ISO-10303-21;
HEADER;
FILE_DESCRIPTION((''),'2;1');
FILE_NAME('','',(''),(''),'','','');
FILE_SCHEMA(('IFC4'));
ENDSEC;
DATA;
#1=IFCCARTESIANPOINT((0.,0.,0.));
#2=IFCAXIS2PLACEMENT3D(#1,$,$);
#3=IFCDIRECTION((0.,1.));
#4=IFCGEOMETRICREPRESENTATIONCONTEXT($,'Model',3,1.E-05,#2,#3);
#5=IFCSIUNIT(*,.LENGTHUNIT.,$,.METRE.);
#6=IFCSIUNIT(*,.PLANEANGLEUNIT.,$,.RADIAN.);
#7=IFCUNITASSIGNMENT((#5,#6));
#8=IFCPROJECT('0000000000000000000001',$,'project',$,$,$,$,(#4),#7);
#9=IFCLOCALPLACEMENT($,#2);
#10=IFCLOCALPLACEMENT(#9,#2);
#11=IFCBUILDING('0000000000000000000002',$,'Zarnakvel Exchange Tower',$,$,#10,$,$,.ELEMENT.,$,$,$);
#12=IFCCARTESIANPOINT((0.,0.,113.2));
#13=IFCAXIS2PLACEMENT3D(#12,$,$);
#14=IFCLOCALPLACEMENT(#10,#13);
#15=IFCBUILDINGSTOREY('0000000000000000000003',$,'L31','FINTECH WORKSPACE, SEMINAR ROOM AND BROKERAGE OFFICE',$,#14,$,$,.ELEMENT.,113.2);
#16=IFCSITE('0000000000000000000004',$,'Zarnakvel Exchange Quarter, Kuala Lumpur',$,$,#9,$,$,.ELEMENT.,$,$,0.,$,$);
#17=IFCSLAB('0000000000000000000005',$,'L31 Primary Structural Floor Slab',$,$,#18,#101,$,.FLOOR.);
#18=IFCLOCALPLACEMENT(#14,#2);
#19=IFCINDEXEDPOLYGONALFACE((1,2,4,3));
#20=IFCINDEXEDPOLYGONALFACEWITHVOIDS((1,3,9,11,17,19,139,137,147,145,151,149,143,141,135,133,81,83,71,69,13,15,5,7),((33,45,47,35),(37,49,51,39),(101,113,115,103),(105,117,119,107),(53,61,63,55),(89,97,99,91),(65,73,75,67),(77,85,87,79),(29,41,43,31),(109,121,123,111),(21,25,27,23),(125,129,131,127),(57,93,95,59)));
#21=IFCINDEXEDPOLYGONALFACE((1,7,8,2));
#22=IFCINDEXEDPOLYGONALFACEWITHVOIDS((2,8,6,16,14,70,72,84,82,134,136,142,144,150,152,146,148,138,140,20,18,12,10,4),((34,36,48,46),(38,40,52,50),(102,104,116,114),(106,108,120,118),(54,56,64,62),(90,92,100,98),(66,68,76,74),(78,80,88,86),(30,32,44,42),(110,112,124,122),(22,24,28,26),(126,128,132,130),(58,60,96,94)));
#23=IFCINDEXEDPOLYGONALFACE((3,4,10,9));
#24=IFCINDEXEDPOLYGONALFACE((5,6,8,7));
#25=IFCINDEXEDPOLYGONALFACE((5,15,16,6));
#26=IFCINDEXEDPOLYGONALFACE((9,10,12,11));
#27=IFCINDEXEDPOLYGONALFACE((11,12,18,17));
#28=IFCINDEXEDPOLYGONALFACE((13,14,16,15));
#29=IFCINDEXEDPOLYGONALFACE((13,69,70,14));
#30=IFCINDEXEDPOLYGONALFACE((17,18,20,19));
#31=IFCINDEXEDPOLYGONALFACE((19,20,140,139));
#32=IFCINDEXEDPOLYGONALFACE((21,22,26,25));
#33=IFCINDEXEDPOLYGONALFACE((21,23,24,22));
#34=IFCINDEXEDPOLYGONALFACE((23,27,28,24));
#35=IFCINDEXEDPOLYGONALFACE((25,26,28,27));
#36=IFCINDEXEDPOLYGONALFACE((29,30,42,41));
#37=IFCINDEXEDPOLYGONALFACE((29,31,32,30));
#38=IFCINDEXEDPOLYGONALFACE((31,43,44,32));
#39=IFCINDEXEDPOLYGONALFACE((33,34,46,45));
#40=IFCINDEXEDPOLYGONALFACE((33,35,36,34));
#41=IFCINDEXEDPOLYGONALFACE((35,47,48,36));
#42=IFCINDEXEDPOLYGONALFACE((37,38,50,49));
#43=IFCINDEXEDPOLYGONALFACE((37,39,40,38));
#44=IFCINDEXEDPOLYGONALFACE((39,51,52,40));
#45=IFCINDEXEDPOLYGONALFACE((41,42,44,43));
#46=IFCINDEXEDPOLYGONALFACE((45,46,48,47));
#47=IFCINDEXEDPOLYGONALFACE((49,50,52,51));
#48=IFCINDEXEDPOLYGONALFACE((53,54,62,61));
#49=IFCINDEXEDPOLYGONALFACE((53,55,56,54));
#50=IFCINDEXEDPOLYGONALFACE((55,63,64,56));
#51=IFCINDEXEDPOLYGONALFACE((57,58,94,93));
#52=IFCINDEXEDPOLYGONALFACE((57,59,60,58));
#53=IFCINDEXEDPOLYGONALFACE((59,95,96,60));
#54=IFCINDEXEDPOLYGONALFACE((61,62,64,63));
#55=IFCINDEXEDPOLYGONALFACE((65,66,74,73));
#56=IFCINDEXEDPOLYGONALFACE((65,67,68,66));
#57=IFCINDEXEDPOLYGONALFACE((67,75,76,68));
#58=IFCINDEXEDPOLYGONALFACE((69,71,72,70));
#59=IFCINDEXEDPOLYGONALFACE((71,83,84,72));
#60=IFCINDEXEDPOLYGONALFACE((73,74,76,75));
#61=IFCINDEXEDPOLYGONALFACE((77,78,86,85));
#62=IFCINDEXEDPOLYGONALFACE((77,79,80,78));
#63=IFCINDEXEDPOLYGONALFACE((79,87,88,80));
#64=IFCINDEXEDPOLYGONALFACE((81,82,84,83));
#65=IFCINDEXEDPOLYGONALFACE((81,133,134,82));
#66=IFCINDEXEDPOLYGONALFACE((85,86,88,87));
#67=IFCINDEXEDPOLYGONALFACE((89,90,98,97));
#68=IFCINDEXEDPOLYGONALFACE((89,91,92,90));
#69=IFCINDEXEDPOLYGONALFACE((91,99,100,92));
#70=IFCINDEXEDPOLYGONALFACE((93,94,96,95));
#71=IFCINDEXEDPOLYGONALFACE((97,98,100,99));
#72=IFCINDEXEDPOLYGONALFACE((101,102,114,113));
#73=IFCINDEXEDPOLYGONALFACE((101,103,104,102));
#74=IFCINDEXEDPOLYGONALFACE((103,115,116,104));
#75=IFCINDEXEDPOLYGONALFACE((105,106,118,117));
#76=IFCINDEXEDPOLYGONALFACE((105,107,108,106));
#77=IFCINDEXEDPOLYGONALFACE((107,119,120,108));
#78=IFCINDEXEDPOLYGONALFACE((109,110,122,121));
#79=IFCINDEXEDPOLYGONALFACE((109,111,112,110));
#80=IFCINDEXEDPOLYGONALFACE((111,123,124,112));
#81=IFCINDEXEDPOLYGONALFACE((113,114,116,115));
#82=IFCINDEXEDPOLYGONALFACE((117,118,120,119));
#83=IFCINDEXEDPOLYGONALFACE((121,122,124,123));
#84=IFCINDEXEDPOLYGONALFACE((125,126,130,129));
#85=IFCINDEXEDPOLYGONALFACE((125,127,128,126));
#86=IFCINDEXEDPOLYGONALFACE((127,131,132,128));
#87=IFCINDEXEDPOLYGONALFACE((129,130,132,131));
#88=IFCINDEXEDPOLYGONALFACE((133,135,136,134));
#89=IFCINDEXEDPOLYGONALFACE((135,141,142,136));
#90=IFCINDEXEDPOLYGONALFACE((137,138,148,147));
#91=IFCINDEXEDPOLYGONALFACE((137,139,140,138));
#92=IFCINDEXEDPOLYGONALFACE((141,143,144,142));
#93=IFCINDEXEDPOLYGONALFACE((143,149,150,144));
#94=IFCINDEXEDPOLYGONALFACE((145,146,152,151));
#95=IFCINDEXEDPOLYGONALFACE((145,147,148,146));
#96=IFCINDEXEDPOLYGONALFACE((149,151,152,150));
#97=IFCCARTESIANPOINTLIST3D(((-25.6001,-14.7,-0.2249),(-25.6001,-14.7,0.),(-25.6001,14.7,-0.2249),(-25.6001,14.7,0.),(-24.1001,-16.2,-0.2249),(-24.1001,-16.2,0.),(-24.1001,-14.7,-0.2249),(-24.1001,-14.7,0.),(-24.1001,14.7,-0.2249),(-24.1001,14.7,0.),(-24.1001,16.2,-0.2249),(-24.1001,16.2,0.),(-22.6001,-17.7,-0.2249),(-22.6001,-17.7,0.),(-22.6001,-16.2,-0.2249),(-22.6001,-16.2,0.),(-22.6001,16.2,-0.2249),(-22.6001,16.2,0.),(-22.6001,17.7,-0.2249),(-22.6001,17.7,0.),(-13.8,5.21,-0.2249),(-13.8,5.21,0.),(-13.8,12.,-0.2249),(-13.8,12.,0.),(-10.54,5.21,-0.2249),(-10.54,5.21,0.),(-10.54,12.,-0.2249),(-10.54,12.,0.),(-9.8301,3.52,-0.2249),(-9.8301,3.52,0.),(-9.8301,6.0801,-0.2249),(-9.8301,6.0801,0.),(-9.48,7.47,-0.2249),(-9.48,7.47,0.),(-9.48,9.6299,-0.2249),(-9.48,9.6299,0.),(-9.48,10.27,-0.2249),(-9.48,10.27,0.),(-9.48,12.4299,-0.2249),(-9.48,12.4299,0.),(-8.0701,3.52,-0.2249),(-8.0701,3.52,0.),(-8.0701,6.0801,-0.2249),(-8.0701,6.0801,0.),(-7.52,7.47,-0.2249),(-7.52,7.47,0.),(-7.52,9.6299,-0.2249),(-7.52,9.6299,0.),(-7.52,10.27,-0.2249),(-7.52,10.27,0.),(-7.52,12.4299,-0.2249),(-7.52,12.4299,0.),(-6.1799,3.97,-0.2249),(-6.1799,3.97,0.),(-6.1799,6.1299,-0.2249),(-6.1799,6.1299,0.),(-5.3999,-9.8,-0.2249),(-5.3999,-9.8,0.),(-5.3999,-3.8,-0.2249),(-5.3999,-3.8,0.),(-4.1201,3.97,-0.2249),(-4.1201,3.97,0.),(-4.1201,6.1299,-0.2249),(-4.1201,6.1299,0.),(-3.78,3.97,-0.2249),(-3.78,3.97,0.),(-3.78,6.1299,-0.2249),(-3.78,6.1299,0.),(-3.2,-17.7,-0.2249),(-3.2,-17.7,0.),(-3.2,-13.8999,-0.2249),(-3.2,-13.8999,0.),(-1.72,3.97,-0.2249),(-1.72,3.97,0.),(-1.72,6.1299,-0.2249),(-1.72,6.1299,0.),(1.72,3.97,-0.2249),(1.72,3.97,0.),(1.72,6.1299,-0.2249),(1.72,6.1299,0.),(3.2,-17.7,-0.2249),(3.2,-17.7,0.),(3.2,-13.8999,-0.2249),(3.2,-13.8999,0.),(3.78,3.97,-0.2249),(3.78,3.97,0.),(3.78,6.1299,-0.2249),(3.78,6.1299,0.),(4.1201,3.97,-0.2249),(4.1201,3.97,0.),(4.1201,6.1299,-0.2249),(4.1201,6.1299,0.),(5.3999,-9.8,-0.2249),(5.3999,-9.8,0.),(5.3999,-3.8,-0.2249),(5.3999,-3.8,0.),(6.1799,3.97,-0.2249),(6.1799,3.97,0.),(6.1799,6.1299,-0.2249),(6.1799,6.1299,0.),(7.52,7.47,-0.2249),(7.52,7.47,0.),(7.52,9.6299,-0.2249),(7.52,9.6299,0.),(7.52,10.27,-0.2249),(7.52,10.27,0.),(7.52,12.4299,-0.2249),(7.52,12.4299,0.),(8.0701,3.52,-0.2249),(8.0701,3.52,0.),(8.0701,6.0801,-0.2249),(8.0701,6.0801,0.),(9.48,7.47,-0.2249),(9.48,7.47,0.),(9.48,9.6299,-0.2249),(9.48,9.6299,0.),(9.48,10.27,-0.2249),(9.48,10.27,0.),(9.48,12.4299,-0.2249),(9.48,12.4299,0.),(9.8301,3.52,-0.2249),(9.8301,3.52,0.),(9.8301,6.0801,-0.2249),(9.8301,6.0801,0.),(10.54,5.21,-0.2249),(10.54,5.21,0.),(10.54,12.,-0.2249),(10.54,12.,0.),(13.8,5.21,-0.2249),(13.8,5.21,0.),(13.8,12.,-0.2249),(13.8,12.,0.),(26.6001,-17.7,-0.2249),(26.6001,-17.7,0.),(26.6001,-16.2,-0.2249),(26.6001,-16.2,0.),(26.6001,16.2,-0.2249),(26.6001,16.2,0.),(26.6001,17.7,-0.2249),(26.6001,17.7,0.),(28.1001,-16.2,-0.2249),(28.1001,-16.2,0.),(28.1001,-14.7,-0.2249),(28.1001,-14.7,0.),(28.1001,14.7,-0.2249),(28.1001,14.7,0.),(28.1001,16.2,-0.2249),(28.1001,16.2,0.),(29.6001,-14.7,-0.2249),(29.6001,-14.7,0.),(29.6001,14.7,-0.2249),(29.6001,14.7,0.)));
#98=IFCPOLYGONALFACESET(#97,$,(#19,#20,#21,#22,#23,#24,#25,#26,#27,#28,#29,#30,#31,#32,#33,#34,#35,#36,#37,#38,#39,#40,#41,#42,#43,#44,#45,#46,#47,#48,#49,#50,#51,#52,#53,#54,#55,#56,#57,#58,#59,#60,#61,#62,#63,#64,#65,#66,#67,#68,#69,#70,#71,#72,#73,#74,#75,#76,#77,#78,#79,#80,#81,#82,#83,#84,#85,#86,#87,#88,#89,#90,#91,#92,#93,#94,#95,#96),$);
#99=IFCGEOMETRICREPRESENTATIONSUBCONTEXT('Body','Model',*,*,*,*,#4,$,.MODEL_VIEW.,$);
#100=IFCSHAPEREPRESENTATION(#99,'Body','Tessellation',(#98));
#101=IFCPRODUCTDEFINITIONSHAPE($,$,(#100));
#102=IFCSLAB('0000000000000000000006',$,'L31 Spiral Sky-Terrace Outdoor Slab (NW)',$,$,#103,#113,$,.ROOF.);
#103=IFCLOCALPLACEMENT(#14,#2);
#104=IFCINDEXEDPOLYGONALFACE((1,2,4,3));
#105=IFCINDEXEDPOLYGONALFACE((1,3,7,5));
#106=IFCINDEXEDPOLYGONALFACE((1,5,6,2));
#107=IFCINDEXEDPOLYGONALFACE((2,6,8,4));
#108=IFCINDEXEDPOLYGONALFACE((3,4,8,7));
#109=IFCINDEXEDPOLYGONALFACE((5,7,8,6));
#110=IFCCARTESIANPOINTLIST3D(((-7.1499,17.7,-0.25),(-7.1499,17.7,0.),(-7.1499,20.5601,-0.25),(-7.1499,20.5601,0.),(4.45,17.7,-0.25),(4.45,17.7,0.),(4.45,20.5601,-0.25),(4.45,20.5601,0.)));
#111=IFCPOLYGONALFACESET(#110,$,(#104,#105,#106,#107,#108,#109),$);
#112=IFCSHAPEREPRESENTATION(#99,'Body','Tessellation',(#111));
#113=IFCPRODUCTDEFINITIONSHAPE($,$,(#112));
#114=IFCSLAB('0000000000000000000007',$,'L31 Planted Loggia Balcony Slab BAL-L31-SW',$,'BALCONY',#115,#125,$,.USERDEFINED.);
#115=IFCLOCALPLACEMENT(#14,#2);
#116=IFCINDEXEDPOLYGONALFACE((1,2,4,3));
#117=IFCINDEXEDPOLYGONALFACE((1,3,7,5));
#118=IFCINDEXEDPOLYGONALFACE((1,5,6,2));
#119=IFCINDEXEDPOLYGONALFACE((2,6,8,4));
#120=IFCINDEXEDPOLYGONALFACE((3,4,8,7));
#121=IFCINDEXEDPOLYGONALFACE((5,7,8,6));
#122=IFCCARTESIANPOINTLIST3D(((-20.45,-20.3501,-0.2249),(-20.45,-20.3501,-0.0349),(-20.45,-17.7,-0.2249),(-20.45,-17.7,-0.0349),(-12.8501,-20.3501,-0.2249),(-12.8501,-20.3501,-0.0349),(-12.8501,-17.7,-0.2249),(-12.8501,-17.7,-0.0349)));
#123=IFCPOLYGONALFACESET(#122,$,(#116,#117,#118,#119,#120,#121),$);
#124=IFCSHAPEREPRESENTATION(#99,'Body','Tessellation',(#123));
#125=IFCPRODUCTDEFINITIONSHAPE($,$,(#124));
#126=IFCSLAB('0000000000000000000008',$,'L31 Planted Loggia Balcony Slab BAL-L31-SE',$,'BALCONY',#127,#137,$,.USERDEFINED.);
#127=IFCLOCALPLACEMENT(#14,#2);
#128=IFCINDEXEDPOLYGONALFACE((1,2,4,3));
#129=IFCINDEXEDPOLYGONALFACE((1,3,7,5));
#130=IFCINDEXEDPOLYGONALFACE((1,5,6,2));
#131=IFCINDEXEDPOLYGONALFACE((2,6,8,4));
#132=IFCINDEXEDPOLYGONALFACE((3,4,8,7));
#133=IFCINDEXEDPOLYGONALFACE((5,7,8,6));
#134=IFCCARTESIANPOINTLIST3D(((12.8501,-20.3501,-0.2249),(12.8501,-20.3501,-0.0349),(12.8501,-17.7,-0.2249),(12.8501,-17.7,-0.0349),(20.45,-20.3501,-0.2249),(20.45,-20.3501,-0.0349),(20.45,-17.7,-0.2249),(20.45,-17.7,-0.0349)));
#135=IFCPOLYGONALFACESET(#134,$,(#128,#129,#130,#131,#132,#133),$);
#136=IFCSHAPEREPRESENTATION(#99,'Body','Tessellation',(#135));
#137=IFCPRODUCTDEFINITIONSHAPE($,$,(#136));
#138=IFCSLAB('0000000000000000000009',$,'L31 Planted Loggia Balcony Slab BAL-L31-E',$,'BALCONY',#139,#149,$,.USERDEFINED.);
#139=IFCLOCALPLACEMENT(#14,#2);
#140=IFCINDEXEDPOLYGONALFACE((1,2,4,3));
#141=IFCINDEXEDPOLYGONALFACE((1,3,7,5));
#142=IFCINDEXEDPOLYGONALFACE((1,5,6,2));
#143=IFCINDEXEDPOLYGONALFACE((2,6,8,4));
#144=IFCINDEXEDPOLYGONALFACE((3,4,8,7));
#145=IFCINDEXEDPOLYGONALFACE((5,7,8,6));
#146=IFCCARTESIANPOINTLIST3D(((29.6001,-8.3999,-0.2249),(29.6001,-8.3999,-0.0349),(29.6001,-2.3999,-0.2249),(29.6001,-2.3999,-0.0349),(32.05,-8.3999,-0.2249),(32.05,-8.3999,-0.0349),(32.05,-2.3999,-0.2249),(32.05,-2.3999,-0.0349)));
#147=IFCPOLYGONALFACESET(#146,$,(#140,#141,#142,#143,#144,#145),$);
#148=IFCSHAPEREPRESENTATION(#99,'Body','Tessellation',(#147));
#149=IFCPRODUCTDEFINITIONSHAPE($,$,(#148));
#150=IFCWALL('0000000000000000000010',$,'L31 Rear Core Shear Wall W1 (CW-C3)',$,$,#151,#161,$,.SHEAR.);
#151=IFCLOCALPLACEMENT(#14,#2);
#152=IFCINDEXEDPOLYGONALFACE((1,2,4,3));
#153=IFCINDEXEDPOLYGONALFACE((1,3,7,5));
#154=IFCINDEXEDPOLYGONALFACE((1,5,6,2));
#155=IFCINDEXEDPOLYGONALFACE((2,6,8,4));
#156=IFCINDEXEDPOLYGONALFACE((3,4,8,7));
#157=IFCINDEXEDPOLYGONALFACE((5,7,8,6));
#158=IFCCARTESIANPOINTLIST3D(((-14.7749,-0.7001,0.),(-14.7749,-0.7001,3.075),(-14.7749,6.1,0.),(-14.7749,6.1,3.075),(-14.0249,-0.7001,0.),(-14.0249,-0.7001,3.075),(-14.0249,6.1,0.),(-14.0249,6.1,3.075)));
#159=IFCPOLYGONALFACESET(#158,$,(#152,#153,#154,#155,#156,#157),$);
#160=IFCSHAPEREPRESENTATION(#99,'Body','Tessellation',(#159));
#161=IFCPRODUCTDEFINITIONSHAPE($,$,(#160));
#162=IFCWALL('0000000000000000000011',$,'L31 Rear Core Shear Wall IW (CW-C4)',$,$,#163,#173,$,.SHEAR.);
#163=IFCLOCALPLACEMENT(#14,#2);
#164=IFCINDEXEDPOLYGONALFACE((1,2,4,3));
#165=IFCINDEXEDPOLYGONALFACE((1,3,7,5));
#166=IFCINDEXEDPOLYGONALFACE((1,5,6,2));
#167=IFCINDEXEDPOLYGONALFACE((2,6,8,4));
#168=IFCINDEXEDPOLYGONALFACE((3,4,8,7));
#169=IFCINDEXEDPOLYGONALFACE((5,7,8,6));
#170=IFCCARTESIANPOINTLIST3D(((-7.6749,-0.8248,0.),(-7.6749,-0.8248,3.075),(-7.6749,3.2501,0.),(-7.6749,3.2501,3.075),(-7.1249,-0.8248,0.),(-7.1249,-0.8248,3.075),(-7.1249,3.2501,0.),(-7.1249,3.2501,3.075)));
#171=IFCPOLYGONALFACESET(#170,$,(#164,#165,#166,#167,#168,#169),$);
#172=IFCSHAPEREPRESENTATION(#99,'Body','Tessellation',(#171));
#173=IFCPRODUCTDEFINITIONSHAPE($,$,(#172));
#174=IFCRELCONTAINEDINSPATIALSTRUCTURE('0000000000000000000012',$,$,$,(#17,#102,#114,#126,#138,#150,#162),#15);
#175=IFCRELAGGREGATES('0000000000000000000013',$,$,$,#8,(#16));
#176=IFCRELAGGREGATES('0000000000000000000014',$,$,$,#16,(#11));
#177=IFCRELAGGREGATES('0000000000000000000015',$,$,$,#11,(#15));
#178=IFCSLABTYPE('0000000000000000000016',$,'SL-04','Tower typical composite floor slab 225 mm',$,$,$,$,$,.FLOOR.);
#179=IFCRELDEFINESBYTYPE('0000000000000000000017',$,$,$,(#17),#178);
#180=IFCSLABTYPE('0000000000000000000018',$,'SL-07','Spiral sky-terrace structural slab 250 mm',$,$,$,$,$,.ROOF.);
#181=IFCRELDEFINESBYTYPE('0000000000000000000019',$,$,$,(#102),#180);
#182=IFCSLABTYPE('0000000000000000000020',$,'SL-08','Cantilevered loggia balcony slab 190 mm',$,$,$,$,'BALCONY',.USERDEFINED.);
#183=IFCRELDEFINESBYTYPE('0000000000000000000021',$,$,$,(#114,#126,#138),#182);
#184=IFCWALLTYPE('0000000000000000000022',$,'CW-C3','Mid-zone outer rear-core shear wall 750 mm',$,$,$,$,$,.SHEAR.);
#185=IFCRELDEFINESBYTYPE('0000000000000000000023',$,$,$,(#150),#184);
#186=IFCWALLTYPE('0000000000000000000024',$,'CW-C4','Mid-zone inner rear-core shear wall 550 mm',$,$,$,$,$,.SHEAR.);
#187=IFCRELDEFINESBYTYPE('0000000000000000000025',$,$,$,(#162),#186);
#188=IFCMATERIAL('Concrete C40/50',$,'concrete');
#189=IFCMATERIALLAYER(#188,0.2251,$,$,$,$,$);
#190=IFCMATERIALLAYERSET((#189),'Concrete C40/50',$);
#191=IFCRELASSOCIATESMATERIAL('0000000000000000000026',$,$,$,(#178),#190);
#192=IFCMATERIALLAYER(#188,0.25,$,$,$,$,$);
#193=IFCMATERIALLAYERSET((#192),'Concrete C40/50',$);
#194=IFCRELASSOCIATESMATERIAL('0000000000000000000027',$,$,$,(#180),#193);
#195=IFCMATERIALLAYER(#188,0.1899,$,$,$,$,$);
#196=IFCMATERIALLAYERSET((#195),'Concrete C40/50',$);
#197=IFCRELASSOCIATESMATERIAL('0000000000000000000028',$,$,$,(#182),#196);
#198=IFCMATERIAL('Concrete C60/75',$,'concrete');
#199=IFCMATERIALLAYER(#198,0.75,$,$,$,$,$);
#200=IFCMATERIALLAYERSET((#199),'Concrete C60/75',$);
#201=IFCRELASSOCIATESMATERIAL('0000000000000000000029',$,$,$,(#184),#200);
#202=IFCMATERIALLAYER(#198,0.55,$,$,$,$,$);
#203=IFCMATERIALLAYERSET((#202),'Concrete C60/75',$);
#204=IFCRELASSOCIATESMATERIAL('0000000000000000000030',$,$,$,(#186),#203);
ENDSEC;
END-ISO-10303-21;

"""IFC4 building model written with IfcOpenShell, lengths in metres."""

from ifc_helpers import new_model, si_unit, direction, frame, frame_2d, origin, place, context, subcontext, project, spatial, polyline, rectangle, outline, extrude, material, layer, layer_set, type_object, element, save


model = new_model("IFC4")

# Units and contexts
model_context = context("Model", 3, precision=1e-05, world=origin(), true_north=direction((0.0, 1.0)))
body_context = subcontext(model_context, "Body", "Model", "MODEL_VIEW")
ifc_project = project(units=[si_unit("LENGTHUNIT", "METRE"), si_unit("PLANEANGLEUNIT", "RADIAN")], contexts=[model_context])

# Site, building, storey
site_placement = place(None, origin())
site = spatial("IfcSite", under=ifc_project, at=site_placement, Name="Zarnakvel Exchange Quarter, Kuala Lumpur", CompositionType="ELEMENT", RefElevation=0.0)
building_placement = place(site_placement, origin())
building = spatial("IfcBuilding", under=site, at=building_placement, Name="Zarnakvel Exchange Tower", CompositionType="ELEMENT")
storey_placement = place(building_placement, frame((0.0, 0.0, 113.2)))
storey = spatial("IfcBuildingStorey", under=building, at=storey_placement, Name="L31", Description="FINTECH WORKSPACE, SEMINAR ROOM AND BROKERAGE OFFICE", CompositionType="ELEMENT", Elevation=113.2)

# Shared definitions
ifc_material_1 = material(Name="Concrete C60/75", Category="concrete")

# Shared definitions
ifc_material_2 = material(Name="Concrete C40/50", Category="concrete")

# Slabs
ifc_layer_1 = layer(ifc_material_2, 0.2251)
ifc_layer_set_1 = layer_set([ifc_layer_1], Name="Concrete C40/50")
slab_type_1 = type_object("IfcSlabType", Name="SL-04", Description="Tower typical composite floor slab 225 mm", PredefinedType="FLOOR", material=ifc_layer_set_1)
slab_1_placement = place(storey_placement, frame((0.0, 0.0, -0.2249)))
element("IfcSlab", 1, at=slab_1_placement, inside=storey, type_object=slab_type_1, Name="L31 Primary Structural Floor Slab", PredefinedType="FLOOR", context=body_context, shape_type="SweptSolid", body=[
    extrude(outline(polyline([(-25.6001, -14.7), (-24.1001, -14.7), (-24.1001, -16.2), (-22.6001, -16.2), (-22.6001, -17.7), (-3.2, -17.7), (-3.2, -13.8999), (3.2, -13.8999), (3.2, -17.7), (26.6001, -17.7), (26.6001, -16.2), (28.1001, -16.2), (28.1001, -14.7), (29.6001, -14.7), (29.6001, 14.7), (28.1001, 14.7), (28.1001, 16.2), (26.6001, 16.2), (26.6001, 17.7), (-22.6001, 17.7), (-22.6001, 16.2), (-24.1001, 16.2), (-24.1001, 14.7), (-25.6001, 14.7), (-25.6001, -14.7)]), holes=[polyline([(-5.3999, -9.8), (5.3999, -9.8), (5.3999, -3.8), (-5.3999, -3.8), (-5.3999, -9.8)]), polyline([(-13.8, 5.21), (-10.54, 5.21), (-10.54, 12.0), (-13.8, 12.0), (-13.8, 5.21)]), polyline([(10.54, 5.21), (13.8, 5.21), (13.8, 12.0), (10.54, 12.0), (10.54, 5.21)]), polyline([(-9.8301, 3.52), (-8.0701, 3.52), (-8.0701, 6.0801), (-9.8301, 6.0801), (-9.8301, 3.52)]), polyline([(8.0701, 3.52), (9.8301, 3.52), (9.8301, 6.0801), (8.0701, 6.0801), (8.0701, 3.52)]), polyline([(-6.1799, 3.97), (-4.1201, 3.97), (-4.1201, 6.1299), (-6.1799, 6.1299), (-6.1799, 3.97)]), polyline([(-3.78, 3.97), (-1.72, 3.97), (-1.72, 6.1299), (-3.78, 6.1299), (-3.78, 3.97)]), polyline([(1.72, 3.97), (3.78, 3.97), (3.78, 6.1299), (1.72, 6.1299), (1.72, 3.97)]), polyline([(4.1201, 3.97), (6.1799, 3.97), (6.1799, 6.1299), (4.1201, 6.1299), (4.1201, 3.97)]), polyline([(-9.48, 7.47), (-7.52, 7.47), (-7.52, 9.6299), (-9.48, 9.6299), (-9.48, 7.47)]), polyline([(-9.48, 10.27), (-7.52, 10.27), (-7.52, 12.4299), (-9.48, 12.4299), (-9.48, 10.27)]), polyline([(7.52, 7.47), (9.48, 7.47), (9.48, 9.6299), (7.52, 9.6299), (7.52, 7.47)]), polyline([(7.52, 10.27), (9.48, 10.27), (9.48, 12.4299), (7.52, 12.4299), (7.52, 10.27)])]), origin(), (0.0, 0.0, 1.0), 0.2249),
])
ifc_layer_2 = layer(ifc_material_2, 0.25)
ifc_layer_set_2 = layer_set([ifc_layer_2], Name="Concrete C40/50")
slab_type_2 = type_object("IfcSlabType", Name="SL-07", Description="Spiral sky-terrace structural slab 250 mm", PredefinedType="ROOF", material=ifc_layer_set_2)
slab_2_placement = place(storey_placement, frame((0.0, 0.0, -0.25)))
element("IfcSlab", 2, at=slab_2_placement, inside=storey, type_object=slab_type_2, Name="L31 Spiral Sky-Terrace Outdoor Slab (NW)", PredefinedType="ROOF", context=body_context, shape_type="SweptSolid", body=[
    extrude(outline(polyline([(-7.1499, 17.7), (4.45, 17.7), (4.45, 20.5601), (-7.1499, 20.5601), (-7.1499, 17.7)])), origin(), (0.0, 0.0, 1.0), 0.25),
])
ifc_layer_3 = layer(ifc_material_2, 0.1899)
ifc_layer_set_3 = layer_set([ifc_layer_3], Name="Concrete C40/50")
slab_type_3 = type_object("IfcSlabType", Name="SL-08", Description="Cantilevered loggia balcony slab 190 mm", ElementType="BALCONY", PredefinedType="USERDEFINED", material=ifc_layer_set_3)
slab_3_placement = place(storey_placement, frame((0.0, 0.0, -0.2249)))
element("IfcSlab", 3, at=slab_3_placement, inside=storey, type_object=slab_type_3, Name="L31 Planted Loggia Balcony Slab BAL-L31-SW", ObjectType="BALCONY", PredefinedType="USERDEFINED", context=body_context, shape_type="SweptSolid", body=[
    extrude(outline(polyline([(-20.45, -20.3501), (-12.8501, -20.3501), (-12.8501, -17.7), (-20.45, -17.7), (-20.45, -20.3501)])), origin(), (0.0, 0.0, 1.0), 0.1899),
])
slab_4_placement = place(storey_placement, frame((0.0, 0.0, -0.2249)))
element("IfcSlab", 4, at=slab_4_placement, inside=storey, type_object=slab_type_3, Name="L31 Planted Loggia Balcony Slab BAL-L31-SE", ObjectType="BALCONY", PredefinedType="USERDEFINED", context=body_context, shape_type="SweptSolid", body=[
    extrude(outline(polyline([(12.8501, -20.3501), (20.45, -20.3501), (20.45, -17.7), (12.8501, -17.7), (12.8501, -20.3501)])), origin(), (0.0, 0.0, 1.0), 0.1899),
])
slab_5_placement = place(storey_placement, frame((0.0, 0.0, -0.2249)))
element("IfcSlab", 5, at=slab_5_placement, inside=storey, type_object=slab_type_3, Name="L31 Planted Loggia Balcony Slab BAL-L31-E", ObjectType="BALCONY", PredefinedType="USERDEFINED", context=body_context, shape_type="SweptSolid", body=[
    extrude(outline(polyline([(29.6001, -8.3999), (32.05, -8.3999), (32.05, -2.3999), (29.6001, -2.3999), (29.6001, -8.3999)])), origin(), (0.0, 0.0, 1.0), 0.1899),
])

# Wall
ifc_layer_4 = layer(ifc_material_1, 0.75)
ifc_layer_set_4 = layer_set([ifc_layer_4], Name="Concrete C60/75")
wall_type_1 = type_object("IfcWallType", Name="CW-C3", Description="Mid-zone outer rear-core shear wall 750 mm", PredefinedType="SHEAR", material=ifc_layer_set_4)
wall_1_placement = place(storey_placement, frame((-14.3999, -0.7, 0.0), z_axis=(0.0, 0.0, 1.0), x_axis=(0.0, 1.0, 0.0)))
element("IfcWall", 6, at=wall_1_placement, inside=storey, type_object=wall_type_1, Name="L31 Rear Core Shear Wall W1 (CW-C3)", PredefinedType="SHEAR", context=body_context, shape_type="SweptSolid", body=[
    extrude(rectangle(XDim=6.8, YDim=0.75, at=frame_2d((3.3999, 0.0))), origin(), (0.0, 0.0, 1.0), 3.075),
])

# Wall
ifc_layer_5 = layer(ifc_material_1, 0.55)
ifc_layer_set_5 = layer_set([ifc_layer_5], Name="Concrete C60/75")
wall_type_2 = type_object("IfcWallType", Name="CW-C4", Description="Mid-zone inner rear-core shear wall 550 mm", PredefinedType="SHEAR", material=ifc_layer_set_5)
wall_2_placement = place(storey_placement, frame((-7.3999, -0.825, 0.0), z_axis=(0.0, 0.0, 1.0), x_axis=(0.0, 1.0, 0.0)))
element("IfcWall", 7, at=wall_2_placement, inside=storey, type_object=wall_type_2, Name="L31 Rear Core Shear Wall IW (CW-C4)", PredefinedType="SHEAR", context=body_context, shape_type="SweptSolid", body=[
    extrude(rectangle(XDim=4.075, YDim=0.55, at=frame_2d((2.0376, 0.0))), origin(), (0.0, 0.0, 1.0), 3.075),
])

save(model, "model.ifc")
